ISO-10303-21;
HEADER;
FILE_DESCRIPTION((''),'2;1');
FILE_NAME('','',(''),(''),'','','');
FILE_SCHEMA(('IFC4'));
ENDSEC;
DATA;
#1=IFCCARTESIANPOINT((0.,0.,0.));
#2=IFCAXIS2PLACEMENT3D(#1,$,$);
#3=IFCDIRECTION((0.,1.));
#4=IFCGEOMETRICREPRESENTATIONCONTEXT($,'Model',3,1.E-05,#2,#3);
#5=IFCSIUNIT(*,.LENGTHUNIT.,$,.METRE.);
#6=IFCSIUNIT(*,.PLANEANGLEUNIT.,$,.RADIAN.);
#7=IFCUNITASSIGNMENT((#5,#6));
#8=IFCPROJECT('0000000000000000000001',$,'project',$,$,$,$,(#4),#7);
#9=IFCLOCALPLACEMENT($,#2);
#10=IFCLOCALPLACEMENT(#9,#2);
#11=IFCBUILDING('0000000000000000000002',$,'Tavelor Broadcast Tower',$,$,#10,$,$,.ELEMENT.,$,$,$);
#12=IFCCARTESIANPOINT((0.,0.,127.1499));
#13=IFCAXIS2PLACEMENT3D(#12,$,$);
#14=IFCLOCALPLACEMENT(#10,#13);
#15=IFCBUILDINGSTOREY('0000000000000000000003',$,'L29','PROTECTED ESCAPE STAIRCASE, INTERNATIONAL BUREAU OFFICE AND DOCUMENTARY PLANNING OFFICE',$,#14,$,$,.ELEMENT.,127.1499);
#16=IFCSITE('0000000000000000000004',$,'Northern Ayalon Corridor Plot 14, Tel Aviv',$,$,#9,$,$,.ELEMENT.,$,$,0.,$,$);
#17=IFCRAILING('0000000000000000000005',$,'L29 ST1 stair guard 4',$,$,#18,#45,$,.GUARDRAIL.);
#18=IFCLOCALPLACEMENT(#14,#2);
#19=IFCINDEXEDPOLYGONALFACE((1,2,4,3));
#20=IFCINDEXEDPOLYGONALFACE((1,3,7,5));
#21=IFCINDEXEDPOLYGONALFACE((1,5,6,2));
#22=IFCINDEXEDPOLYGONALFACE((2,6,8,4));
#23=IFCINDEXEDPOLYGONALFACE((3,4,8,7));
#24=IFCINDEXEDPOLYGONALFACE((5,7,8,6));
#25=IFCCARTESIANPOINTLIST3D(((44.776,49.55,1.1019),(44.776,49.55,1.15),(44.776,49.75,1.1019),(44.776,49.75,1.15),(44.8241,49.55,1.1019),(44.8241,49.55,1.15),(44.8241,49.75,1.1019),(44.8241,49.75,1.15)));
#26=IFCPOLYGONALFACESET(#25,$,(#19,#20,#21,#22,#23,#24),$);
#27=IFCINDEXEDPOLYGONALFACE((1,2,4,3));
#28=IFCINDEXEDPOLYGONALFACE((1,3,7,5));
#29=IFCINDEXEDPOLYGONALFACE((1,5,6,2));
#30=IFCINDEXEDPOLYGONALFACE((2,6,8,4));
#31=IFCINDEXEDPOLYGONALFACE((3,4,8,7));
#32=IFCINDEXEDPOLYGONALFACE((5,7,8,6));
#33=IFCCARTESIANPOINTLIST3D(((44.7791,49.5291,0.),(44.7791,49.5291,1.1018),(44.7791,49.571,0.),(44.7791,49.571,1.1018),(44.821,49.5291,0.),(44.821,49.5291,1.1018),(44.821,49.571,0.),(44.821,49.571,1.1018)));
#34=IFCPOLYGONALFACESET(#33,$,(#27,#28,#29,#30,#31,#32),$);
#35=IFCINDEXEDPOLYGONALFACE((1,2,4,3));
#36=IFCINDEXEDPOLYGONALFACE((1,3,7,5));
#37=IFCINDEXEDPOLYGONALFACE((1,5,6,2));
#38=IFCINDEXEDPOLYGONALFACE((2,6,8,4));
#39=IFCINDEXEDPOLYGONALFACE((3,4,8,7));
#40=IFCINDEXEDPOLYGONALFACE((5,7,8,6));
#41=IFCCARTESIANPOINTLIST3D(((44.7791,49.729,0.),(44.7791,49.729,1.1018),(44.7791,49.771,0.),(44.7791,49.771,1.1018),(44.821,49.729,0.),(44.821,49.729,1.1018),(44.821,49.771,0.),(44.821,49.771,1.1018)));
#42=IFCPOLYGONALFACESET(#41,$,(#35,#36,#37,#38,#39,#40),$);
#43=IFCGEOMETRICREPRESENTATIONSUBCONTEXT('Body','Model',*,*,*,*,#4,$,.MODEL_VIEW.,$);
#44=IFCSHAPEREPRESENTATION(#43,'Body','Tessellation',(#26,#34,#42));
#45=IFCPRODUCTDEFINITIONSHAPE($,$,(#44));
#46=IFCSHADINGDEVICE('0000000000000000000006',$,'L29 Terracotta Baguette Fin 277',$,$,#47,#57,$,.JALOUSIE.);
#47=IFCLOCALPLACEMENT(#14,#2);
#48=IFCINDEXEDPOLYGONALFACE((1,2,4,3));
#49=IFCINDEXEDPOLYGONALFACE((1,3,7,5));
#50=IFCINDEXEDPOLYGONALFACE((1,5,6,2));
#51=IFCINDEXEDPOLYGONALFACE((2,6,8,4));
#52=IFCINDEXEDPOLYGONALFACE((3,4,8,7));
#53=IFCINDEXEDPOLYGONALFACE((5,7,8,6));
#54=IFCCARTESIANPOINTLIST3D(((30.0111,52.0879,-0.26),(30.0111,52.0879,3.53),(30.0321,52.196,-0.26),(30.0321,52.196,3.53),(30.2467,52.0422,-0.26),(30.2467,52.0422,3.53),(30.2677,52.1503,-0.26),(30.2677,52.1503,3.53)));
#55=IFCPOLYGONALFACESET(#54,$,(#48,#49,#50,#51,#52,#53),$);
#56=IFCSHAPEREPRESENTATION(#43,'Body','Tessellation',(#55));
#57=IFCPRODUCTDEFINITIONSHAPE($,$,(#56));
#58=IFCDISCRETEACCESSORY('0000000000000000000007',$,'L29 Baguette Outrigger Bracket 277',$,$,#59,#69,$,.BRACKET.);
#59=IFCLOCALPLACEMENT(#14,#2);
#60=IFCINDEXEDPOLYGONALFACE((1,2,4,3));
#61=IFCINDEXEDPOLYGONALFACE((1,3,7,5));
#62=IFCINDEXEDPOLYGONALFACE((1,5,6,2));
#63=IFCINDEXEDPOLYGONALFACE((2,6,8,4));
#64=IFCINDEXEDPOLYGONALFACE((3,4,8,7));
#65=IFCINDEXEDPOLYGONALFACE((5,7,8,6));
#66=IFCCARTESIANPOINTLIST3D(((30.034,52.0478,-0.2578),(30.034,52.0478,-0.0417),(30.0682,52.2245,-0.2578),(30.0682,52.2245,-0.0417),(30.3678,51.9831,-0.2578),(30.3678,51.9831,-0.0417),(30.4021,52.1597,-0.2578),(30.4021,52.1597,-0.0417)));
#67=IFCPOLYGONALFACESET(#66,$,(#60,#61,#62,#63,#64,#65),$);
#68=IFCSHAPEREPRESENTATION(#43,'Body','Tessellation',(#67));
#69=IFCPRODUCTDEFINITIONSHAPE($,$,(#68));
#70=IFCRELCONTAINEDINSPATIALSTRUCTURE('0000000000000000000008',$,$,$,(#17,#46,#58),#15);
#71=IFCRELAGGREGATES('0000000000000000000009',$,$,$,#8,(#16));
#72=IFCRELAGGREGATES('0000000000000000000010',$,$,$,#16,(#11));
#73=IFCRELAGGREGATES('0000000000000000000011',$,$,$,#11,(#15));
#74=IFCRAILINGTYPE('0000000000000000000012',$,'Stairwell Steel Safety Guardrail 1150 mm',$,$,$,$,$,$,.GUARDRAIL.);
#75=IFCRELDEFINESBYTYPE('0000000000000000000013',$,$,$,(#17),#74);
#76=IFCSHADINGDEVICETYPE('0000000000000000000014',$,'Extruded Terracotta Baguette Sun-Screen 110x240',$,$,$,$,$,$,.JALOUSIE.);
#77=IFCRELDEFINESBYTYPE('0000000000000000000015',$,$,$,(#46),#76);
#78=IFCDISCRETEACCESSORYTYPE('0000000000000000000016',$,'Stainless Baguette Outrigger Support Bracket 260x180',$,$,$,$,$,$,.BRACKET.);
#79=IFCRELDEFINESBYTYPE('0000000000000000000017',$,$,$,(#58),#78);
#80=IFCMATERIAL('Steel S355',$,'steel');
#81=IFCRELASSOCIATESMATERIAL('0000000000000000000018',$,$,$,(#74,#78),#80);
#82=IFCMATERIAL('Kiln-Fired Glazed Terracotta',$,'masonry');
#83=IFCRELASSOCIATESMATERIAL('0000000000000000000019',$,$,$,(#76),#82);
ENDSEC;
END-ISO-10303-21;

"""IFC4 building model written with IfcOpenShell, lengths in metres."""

from ifc_helpers import new_model, si_unit, direction, frame, origin, origin_2d, place, context, subcontext, project, spatial, rectangle, extrude, source, transform, mapped, material, type_object, type_shapes, element, save


model = new_model("IFC4")

# Units and contexts
model_context = context("Model", 3, precision=1e-05, world=origin(), true_north=direction((0.0, 1.0)))
body_context = subcontext(model_context, "Body", "Model", "MODEL_VIEW")
ifc_project = project(units=[si_unit("LENGTHUNIT", "METRE"), si_unit("PLANEANGLEUNIT", "RADIAN")], contexts=[model_context])

# Site, building, storey
site_placement = place(None, origin())
site = spatial("IfcSite", under=ifc_project, at=site_placement, Name="Northern Ayalon Corridor Plot 14, Tel Aviv", CompositionType="ELEMENT", RefElevation=0.0)
building_placement = place(site_placement, origin())
building = spatial("IfcBuilding", under=site, at=building_placement, Name="Tavelor Broadcast Tower", CompositionType="ELEMENT")
storey_placement = place(building_placement, frame((0.0, 0.0, 127.1499)))
storey = spatial("IfcBuildingStorey", under=building, at=storey_placement, Name="L29", Description="PROTECTED ESCAPE STAIRCASE, INTERNATIONAL BUREAU OFFICE AND DOCUMENTARY PLANNING OFFICE", CompositionType="ELEMENT", Elevation=127.1499)

# Shared definitions
ifc_material_1 = material(Name="Steel S355", Category="steel")

# Railing
railing_type_1 = type_object("IfcRailingType", Name="Stairwell Steel Safety Guardrail 1150 mm", PredefinedType="GUARDRAIL", material=ifc_material_1)
railing_1_placement = place(storey_placement, frame((44.8, 49.55, 0.0)))
element("IfcRailing", 1, at=railing_1_placement, inside=storey, type_object=railing_type_1, Name="L29 ST1 stair guard 4", PredefinedType="GUARDRAIL", context=body_context, shape_type="SweptSolid", body=[
    extrude(rectangle(XDim=0.0481, YDim=0.0481, at=origin_2d()), frame((0.0, 0.0, 1.126), z_axis=(0.0, 1.0, 0.0), x_axis=(-1.0, 0.0, 0.0)), (0.0, 0.0, 1.0), 0.2),
    extrude(rectangle(XDim=0.042, YDim=0.042, at=origin_2d()), origin(), (0.0, 0.0, 1.0), 1.1018),
    extrude(rectangle(XDim=0.042, YDim=0.042, at=origin_2d()), frame((0.0, 0.2, 0.0)), (0.0, 0.0, 1.0), 1.1018),
])

# Shading device
ifc_material_2 = material(Name="Kiln-Fired Glazed Terracotta", Category="masonry")
shading_device_type = type_object("IfcShadingDeviceType", Name="Extruded Terracotta Baguette Sun-Screen 110x240", PredefinedType="JALOUSIE", material=ifc_material_2)
shared_shape_1 = source(origin(), body_context, "Body", "SweptSolid", [
    extrude(rectangle(XDim=0.1101, YDim=0.24, at=origin_2d()), origin(), (0.0, 0.0, 1.0), 3.79),
])
type_shapes(shading_device_type, [shared_shape_1])
shading_device_placement = place(storey_placement, frame((30.1394, 52.1191, -0.26), z_axis=(0.0, 0.0, 1.0), x_axis=(-0.190466, -0.981694, 0.0)))
element("IfcShadingDevice", 2, at=shading_device_placement, inside=storey, type_object=shading_device_type, Name="L29 Terracotta Baguette Fin 277", PredefinedType="JALOUSIE", context=body_context, shape_type="MappedRepresentation", body=[
    mapped(shared_shape_1, transform((0.0, 0.0, 0.0), scale=1.0)),
])

# Discrete accessory
discrete_accessory_type = type_object("IfcDiscreteAccessoryType", Name="Stainless Baguette Outrigger Support Bracket 260x180", PredefinedType="BRACKET", material=ifc_material_1)
shared_shape_2 = source(origin(), body_context, "Body", "SweptSolid", [
    extrude(rectangle(XDim=0.1799, YDim=0.3401, at=origin_2d()), origin(), (0.0, 0.0, 1.0), 0.2161),
])
type_shapes(discrete_accessory_type, [shared_shape_2])
discrete_accessory_placement = place(storey_placement, frame((30.218, 52.1038, -0.2578), z_axis=(0.0, 0.0, 1.0), x_axis=(-0.190466, -0.981694, 0.0)))
element("IfcDiscreteAccessory", 3, at=discrete_accessory_placement, inside=storey, type_object=discrete_accessory_type, Name="L29 Baguette Outrigger Bracket 277", PredefinedType="BRACKET", context=body_context, shape_type="MappedRepresentation", body=[
    mapped(shared_shape_2, transform((0.0, 0.0, 0.0), scale=1.0)),
])

save(model, "model.ifc")
